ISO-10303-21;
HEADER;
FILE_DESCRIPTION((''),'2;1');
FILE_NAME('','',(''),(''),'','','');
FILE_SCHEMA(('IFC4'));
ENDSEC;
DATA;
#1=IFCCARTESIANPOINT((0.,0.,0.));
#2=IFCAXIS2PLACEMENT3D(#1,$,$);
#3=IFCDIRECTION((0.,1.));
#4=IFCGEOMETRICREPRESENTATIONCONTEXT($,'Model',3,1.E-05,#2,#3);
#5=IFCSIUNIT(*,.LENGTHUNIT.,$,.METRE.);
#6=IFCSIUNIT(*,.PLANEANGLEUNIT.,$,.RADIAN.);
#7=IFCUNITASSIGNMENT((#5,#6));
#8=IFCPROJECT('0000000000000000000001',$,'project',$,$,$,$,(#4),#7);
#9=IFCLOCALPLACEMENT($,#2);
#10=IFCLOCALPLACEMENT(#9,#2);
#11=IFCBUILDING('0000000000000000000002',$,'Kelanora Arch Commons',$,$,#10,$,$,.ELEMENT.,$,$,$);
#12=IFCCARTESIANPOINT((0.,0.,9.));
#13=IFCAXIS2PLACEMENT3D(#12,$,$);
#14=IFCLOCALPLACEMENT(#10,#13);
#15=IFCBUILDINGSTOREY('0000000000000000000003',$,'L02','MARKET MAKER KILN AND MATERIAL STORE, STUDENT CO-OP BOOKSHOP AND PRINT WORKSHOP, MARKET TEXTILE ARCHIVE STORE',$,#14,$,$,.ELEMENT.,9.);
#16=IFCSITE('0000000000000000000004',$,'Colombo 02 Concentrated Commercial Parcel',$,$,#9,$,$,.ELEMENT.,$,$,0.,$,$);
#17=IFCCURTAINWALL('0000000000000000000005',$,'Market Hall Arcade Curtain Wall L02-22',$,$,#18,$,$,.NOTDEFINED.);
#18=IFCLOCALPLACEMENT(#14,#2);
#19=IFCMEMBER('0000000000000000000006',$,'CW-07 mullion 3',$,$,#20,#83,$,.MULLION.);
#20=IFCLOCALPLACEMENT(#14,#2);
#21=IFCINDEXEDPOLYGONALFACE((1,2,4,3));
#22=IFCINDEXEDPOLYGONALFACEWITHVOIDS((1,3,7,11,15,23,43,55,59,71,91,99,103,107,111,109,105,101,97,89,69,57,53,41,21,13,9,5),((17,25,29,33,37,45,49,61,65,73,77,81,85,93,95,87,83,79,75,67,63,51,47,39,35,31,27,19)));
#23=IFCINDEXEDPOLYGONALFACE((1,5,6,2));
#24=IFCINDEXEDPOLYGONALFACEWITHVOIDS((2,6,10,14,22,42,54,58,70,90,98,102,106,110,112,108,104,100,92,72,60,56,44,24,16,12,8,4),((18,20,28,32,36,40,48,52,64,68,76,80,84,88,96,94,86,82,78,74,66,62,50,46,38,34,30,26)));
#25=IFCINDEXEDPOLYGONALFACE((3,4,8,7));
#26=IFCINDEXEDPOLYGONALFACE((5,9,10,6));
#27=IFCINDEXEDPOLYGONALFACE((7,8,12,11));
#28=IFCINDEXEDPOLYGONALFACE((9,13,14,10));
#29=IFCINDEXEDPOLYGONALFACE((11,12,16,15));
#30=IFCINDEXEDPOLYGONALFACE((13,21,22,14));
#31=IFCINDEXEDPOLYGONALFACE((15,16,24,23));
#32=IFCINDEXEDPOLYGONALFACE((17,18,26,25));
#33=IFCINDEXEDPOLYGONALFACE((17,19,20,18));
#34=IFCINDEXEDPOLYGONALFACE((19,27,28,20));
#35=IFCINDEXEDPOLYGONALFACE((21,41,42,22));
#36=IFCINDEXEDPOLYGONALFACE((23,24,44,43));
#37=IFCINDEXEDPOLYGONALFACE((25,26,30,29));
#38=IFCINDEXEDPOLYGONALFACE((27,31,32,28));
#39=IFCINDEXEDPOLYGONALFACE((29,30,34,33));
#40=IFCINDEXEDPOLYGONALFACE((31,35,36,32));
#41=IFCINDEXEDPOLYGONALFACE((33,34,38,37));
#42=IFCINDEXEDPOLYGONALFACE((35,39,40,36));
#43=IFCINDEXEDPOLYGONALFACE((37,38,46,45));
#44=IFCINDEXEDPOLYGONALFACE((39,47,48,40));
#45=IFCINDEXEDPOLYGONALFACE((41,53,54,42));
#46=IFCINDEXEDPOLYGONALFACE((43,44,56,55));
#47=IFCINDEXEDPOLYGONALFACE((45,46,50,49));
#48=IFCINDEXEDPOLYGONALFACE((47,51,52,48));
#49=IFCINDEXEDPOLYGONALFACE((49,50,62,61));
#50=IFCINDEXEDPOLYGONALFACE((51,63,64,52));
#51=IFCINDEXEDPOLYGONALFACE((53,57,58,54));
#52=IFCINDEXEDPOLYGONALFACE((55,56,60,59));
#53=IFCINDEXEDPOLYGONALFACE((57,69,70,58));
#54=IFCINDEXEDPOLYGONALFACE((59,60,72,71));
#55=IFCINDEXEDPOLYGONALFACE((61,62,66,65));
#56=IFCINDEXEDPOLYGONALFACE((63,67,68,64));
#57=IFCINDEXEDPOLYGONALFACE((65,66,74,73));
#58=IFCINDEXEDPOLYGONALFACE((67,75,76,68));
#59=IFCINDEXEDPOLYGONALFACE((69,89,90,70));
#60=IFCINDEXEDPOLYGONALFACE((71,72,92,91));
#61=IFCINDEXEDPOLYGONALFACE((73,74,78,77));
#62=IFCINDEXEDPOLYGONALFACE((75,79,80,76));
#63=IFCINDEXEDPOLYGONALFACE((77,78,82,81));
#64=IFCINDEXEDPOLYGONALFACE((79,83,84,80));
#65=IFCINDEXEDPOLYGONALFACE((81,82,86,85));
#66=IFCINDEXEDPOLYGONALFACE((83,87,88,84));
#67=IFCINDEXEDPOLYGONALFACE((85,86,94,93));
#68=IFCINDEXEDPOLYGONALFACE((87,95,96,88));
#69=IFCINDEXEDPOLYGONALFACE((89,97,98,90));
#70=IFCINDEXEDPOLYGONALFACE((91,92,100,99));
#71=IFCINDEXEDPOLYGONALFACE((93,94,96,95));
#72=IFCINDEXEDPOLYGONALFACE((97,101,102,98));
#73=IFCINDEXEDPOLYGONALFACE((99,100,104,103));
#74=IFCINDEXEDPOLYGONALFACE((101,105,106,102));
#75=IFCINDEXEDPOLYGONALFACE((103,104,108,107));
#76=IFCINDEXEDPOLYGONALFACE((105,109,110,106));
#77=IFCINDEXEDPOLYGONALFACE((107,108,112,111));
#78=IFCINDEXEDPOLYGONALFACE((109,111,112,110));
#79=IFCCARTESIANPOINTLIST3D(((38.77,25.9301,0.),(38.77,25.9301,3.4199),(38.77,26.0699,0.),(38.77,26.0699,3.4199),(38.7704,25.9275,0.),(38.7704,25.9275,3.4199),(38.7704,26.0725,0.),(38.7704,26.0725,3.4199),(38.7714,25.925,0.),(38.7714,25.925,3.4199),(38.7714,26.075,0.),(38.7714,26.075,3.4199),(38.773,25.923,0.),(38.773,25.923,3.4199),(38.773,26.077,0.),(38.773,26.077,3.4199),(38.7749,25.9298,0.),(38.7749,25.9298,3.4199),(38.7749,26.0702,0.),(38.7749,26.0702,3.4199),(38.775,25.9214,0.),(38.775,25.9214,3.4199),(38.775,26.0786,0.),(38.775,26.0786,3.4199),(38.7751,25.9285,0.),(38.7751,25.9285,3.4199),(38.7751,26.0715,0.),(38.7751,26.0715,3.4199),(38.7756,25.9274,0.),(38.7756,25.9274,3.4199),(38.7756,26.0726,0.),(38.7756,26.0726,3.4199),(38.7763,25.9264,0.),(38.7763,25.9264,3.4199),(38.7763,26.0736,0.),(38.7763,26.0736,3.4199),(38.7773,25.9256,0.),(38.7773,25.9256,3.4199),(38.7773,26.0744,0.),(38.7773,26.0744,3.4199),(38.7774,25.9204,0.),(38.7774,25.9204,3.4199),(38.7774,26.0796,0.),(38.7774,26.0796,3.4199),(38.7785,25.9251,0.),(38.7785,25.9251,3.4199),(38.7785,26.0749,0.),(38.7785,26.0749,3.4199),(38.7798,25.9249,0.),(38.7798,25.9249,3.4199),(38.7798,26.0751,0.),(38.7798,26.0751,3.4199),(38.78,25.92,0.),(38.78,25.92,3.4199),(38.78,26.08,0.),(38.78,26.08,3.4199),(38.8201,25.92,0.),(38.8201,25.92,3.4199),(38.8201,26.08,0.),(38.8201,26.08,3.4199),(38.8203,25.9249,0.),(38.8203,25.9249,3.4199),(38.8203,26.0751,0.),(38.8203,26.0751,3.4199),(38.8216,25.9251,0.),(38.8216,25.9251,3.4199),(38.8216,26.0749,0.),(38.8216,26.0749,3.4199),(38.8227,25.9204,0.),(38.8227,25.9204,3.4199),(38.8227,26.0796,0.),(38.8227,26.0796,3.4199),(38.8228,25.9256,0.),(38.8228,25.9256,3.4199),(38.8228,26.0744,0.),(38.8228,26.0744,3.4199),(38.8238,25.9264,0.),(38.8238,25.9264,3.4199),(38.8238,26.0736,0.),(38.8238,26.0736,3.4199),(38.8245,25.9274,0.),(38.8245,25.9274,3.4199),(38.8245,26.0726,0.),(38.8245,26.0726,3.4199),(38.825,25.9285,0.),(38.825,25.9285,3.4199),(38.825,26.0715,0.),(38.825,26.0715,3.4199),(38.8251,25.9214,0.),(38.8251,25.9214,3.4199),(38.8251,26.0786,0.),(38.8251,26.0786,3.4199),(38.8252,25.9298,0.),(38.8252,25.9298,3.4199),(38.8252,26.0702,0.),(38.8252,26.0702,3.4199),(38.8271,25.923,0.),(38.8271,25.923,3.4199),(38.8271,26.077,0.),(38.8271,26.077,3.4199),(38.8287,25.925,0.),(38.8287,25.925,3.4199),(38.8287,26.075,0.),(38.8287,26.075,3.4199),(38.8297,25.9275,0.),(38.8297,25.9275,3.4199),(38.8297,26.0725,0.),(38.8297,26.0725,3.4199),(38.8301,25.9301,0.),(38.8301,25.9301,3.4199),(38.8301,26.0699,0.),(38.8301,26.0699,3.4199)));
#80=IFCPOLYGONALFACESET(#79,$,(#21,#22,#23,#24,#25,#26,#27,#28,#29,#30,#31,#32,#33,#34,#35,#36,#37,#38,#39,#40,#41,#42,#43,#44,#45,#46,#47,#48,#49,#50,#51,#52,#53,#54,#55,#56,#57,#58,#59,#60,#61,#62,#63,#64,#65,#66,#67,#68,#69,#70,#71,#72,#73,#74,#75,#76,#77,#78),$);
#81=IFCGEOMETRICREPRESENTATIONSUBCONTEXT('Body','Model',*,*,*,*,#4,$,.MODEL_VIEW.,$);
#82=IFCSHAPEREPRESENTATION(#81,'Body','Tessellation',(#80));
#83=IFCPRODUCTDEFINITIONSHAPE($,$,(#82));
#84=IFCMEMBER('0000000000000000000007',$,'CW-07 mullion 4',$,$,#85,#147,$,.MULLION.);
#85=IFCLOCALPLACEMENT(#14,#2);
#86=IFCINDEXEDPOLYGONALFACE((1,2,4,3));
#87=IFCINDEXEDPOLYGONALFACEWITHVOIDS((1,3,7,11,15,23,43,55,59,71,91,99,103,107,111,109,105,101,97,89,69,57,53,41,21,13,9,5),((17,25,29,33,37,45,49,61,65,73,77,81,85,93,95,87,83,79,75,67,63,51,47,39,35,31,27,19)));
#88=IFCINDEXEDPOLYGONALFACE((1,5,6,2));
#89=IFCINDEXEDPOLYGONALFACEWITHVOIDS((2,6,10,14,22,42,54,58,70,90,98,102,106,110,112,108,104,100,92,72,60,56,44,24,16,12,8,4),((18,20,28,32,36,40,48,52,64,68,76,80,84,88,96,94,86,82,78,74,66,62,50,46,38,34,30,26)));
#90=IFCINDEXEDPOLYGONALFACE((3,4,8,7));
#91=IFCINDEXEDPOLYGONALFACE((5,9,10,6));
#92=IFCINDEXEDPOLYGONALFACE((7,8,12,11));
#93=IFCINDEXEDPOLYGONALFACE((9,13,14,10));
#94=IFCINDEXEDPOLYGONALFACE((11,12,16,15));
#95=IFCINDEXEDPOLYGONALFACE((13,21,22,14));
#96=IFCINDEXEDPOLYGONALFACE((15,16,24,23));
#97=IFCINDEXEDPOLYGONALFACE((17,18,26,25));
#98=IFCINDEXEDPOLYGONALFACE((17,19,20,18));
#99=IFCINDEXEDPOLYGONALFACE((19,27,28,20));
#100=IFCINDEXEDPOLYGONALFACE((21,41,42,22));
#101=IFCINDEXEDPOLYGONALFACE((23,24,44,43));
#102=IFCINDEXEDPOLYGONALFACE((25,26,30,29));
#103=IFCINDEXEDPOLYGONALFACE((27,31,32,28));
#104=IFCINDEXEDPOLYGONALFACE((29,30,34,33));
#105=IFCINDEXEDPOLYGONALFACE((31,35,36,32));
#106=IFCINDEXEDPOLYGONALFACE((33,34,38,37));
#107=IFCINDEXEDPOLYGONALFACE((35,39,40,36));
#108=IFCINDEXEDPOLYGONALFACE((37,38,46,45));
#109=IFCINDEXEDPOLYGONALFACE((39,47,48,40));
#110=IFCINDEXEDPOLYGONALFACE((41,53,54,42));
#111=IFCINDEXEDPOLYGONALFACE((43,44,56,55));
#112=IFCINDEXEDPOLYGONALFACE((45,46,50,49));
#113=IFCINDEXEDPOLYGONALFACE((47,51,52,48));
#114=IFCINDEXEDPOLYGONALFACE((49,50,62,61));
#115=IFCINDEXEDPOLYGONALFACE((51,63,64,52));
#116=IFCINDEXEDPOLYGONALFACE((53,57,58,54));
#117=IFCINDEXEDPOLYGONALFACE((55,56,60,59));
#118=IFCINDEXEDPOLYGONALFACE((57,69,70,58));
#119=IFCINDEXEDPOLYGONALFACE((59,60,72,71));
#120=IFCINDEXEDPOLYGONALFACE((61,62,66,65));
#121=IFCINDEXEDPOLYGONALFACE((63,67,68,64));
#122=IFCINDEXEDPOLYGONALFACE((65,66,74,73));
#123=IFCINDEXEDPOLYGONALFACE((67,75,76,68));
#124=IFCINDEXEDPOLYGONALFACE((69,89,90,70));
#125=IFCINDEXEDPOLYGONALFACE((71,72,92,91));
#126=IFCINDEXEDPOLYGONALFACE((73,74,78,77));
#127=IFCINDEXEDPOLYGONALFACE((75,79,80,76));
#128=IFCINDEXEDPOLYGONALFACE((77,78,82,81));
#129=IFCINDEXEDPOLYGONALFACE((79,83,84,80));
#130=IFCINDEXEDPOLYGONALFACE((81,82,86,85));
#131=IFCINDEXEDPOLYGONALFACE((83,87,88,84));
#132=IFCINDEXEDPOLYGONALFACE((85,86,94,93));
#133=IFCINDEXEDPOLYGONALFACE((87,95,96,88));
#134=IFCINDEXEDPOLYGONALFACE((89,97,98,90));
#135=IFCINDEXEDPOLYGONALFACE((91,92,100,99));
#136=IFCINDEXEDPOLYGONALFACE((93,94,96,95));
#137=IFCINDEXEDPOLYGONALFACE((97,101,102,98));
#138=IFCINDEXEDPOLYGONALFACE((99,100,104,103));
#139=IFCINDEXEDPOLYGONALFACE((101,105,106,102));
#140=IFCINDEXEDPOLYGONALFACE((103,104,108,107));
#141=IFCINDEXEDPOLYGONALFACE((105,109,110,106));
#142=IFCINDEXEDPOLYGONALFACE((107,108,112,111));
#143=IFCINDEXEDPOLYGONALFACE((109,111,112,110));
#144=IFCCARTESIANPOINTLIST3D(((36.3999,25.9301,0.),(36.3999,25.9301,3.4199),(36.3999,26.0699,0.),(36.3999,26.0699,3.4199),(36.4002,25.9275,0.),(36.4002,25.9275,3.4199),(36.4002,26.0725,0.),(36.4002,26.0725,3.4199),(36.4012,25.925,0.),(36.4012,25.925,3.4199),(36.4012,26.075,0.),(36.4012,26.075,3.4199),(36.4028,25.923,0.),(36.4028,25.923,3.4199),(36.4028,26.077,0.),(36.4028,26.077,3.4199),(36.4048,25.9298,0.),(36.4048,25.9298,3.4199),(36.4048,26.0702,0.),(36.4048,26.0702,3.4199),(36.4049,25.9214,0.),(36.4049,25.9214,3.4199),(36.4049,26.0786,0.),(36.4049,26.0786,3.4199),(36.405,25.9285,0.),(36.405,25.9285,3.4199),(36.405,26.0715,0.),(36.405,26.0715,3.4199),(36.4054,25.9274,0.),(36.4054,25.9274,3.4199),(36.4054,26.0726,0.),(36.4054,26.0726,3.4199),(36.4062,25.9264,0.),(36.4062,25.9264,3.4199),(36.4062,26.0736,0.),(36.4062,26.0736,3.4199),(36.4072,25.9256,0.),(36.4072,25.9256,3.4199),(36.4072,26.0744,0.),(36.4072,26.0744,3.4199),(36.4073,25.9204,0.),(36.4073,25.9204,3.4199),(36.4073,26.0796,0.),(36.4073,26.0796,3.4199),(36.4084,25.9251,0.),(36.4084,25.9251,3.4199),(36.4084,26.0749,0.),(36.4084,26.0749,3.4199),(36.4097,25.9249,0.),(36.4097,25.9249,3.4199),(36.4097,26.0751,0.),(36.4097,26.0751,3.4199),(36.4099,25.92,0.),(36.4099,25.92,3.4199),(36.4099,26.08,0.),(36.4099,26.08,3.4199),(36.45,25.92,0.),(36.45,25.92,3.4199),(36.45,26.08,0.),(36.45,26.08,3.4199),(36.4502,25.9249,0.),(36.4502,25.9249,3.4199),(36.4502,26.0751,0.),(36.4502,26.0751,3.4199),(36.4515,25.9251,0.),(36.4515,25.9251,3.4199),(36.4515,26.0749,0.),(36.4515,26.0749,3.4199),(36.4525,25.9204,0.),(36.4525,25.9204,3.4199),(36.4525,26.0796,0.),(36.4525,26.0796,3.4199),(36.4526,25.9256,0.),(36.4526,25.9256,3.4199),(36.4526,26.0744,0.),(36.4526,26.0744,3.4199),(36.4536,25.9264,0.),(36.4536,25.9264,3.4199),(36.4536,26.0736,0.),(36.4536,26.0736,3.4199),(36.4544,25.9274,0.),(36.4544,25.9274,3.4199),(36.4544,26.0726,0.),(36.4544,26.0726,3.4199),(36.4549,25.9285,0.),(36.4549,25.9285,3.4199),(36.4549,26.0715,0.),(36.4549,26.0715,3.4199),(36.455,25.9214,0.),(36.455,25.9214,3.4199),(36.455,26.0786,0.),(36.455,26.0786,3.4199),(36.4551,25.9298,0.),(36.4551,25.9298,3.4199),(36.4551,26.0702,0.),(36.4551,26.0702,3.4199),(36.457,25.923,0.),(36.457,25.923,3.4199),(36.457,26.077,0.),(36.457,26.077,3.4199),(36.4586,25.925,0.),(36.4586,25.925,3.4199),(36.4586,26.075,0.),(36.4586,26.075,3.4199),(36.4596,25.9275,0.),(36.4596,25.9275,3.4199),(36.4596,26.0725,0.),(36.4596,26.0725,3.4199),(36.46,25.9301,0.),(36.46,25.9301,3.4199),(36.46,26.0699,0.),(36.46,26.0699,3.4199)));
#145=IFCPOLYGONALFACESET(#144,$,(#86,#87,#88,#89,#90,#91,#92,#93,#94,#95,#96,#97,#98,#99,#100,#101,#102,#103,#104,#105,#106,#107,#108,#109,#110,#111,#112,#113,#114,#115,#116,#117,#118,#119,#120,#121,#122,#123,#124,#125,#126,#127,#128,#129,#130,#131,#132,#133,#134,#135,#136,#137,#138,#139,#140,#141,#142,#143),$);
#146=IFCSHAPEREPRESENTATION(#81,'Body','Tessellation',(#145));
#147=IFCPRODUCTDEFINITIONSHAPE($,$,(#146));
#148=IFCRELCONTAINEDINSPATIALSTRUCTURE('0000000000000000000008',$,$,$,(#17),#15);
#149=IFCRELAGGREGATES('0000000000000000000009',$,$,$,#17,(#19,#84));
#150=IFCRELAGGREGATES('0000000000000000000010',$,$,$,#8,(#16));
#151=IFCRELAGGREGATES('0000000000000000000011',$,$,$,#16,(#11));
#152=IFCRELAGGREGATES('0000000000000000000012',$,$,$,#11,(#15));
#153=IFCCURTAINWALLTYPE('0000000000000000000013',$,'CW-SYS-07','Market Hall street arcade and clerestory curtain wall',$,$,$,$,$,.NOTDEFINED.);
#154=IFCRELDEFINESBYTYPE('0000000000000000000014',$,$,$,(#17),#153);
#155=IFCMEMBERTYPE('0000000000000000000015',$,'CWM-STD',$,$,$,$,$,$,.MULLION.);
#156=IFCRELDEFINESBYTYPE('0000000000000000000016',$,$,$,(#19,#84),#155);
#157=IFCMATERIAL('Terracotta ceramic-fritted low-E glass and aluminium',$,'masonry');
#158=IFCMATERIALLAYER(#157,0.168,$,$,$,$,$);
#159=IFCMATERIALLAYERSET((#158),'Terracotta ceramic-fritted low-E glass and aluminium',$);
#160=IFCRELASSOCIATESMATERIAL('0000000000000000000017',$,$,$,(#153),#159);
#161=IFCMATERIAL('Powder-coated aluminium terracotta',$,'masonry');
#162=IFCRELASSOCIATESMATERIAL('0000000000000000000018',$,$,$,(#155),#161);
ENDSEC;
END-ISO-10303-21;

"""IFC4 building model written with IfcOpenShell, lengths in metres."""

from ifc_helpers import new_model, si_unit, direction, frame, origin, origin_2d, place, context, subcontext, project, spatial, hollow_rectangle, extrude, material, layer, layer_set, material_profile, profile_set, type_object, element, aggregate, save


model = new_model("IFC4")

# Units and contexts
model_context = context("Model", 3, precision=1e-05, world=origin(), true_north=direction((0.0, 1.0)))
body_context = subcontext(model_context, "Body", "Model", "MODEL_VIEW")
ifc_project = project(units=[si_unit("LENGTHUNIT", "METRE"), si_unit("PLANEANGLEUNIT", "RADIAN")], contexts=[model_context])

# Site, building, storey
site_placement = place(None, origin())
site = spatial("IfcSite", under=ifc_project, at=site_placement, Name="Colombo 02 Concentrated Commercial Parcel", CompositionType="ELEMENT", RefElevation=0.0)
building_placement = place(site_placement, origin())
building = spatial("IfcBuilding", under=site, at=building_placement, Name="Kelanora Arch Commons", CompositionType="ELEMENT")
storey_placement = place(building_placement, frame((0.0, 0.0, 9.0)))
storey = spatial("IfcBuildingStorey", under=building, at=storey_placement, Name="L02", Description="MARKET MAKER KILN AND MATERIAL STORE, STUDENT CO-OP BOOKSHOP AND PRINT WORKSHOP, MARKET TEXTILE ARCHIVE STORE", CompositionType="ELEMENT", Elevation=9.0)

# Curtain wall, members
ifc_material_1 = material(Name="Terracotta ceramic-fritted low-E glass and aluminium", Category="masonry")
ifc_layer_1 = layer(ifc_material_1, 0.168)
ifc_layer_set_1 = layer_set([ifc_layer_1], Name="Terracotta ceramic-fritted low-E glass and aluminium")
curtain_wall_type = type_object("IfcCurtainWallType", Name="CW-SYS-07", Description="Market Hall street arcade and clerestory curtain wall", PredefinedType="NOTDEFINED", material=ifc_layer_set_1)
curtain_wall_placement = place(storey_placement, origin())
curtain_wall = element("IfcCurtainWall", 1, at=curtain_wall_placement, inside=storey, type_object=curtain_wall_type, Name="Market Hall Arcade Curtain Wall L02-22", PredefinedType="NOTDEFINED")
ifc_material_2 = material(Name="Powder-coated aluminium terracotta", Category="masonry")
ifc_material_profile_1 = material_profile(ifc_material_2, hollow_rectangle(XDim=0.1599, YDim=0.0601, WallThickness=0.0049, InnerFilletRadius=0.0049, OuterFilletRadius=0.01, at=origin_2d()), Name="CWM160x60")
ifc_profile_set_1 = profile_set([ifc_material_profile_1], Name="Powder-coated aluminium terracotta")
member_type_1 = type_object("IfcMemberType", Name="CWM-STD", PredefinedType="MULLION", material=ifc_profile_set_1)
member_1_placement = place(storey_placement, frame((38.8, 26.0, 0.0), z_axis=(0.0, 0.0, 1.0), x_axis=(0.0, -1.0, 0.0)))
member_1 = element("IfcMember", 2, at=member_1_placement, type_object=member_type_1, Name="CW-07 mullion 3", PredefinedType="MULLION", context=body_context, shape_type="SweptSolid", body=[
    extrude(hollow_rectangle(XDim=0.1599, YDim=0.0601, WallThickness=0.0049, InnerFilletRadius=0.0049, OuterFilletRadius=0.01, at=origin_2d()), origin(), (0.0, 0.0, 1.0), 3.4199),
])
member_2_placement = place(storey_placement, frame((36.4299, 26.0, 0.0), z_axis=(0.0, 0.0, 1.0), x_axis=(0.0, -1.0, 0.0)))
member_2 = element("IfcMember", 3, at=member_2_placement, type_object=member_type_1, Name="CW-07 mullion 4", PredefinedType="MULLION", context=body_context, shape_type="SweptSolid", body=[
    extrude(hollow_rectangle(XDim=0.1599, YDim=0.0601, WallThickness=0.0049, InnerFilletRadius=0.0049, OuterFilletRadius=0.01, at=origin_2d()), origin(), (0.0, 0.0, 1.0), 3.4199),
])
aggregate(curtain_wall, [member_1, member_2])

save(model, "model.ifc")
